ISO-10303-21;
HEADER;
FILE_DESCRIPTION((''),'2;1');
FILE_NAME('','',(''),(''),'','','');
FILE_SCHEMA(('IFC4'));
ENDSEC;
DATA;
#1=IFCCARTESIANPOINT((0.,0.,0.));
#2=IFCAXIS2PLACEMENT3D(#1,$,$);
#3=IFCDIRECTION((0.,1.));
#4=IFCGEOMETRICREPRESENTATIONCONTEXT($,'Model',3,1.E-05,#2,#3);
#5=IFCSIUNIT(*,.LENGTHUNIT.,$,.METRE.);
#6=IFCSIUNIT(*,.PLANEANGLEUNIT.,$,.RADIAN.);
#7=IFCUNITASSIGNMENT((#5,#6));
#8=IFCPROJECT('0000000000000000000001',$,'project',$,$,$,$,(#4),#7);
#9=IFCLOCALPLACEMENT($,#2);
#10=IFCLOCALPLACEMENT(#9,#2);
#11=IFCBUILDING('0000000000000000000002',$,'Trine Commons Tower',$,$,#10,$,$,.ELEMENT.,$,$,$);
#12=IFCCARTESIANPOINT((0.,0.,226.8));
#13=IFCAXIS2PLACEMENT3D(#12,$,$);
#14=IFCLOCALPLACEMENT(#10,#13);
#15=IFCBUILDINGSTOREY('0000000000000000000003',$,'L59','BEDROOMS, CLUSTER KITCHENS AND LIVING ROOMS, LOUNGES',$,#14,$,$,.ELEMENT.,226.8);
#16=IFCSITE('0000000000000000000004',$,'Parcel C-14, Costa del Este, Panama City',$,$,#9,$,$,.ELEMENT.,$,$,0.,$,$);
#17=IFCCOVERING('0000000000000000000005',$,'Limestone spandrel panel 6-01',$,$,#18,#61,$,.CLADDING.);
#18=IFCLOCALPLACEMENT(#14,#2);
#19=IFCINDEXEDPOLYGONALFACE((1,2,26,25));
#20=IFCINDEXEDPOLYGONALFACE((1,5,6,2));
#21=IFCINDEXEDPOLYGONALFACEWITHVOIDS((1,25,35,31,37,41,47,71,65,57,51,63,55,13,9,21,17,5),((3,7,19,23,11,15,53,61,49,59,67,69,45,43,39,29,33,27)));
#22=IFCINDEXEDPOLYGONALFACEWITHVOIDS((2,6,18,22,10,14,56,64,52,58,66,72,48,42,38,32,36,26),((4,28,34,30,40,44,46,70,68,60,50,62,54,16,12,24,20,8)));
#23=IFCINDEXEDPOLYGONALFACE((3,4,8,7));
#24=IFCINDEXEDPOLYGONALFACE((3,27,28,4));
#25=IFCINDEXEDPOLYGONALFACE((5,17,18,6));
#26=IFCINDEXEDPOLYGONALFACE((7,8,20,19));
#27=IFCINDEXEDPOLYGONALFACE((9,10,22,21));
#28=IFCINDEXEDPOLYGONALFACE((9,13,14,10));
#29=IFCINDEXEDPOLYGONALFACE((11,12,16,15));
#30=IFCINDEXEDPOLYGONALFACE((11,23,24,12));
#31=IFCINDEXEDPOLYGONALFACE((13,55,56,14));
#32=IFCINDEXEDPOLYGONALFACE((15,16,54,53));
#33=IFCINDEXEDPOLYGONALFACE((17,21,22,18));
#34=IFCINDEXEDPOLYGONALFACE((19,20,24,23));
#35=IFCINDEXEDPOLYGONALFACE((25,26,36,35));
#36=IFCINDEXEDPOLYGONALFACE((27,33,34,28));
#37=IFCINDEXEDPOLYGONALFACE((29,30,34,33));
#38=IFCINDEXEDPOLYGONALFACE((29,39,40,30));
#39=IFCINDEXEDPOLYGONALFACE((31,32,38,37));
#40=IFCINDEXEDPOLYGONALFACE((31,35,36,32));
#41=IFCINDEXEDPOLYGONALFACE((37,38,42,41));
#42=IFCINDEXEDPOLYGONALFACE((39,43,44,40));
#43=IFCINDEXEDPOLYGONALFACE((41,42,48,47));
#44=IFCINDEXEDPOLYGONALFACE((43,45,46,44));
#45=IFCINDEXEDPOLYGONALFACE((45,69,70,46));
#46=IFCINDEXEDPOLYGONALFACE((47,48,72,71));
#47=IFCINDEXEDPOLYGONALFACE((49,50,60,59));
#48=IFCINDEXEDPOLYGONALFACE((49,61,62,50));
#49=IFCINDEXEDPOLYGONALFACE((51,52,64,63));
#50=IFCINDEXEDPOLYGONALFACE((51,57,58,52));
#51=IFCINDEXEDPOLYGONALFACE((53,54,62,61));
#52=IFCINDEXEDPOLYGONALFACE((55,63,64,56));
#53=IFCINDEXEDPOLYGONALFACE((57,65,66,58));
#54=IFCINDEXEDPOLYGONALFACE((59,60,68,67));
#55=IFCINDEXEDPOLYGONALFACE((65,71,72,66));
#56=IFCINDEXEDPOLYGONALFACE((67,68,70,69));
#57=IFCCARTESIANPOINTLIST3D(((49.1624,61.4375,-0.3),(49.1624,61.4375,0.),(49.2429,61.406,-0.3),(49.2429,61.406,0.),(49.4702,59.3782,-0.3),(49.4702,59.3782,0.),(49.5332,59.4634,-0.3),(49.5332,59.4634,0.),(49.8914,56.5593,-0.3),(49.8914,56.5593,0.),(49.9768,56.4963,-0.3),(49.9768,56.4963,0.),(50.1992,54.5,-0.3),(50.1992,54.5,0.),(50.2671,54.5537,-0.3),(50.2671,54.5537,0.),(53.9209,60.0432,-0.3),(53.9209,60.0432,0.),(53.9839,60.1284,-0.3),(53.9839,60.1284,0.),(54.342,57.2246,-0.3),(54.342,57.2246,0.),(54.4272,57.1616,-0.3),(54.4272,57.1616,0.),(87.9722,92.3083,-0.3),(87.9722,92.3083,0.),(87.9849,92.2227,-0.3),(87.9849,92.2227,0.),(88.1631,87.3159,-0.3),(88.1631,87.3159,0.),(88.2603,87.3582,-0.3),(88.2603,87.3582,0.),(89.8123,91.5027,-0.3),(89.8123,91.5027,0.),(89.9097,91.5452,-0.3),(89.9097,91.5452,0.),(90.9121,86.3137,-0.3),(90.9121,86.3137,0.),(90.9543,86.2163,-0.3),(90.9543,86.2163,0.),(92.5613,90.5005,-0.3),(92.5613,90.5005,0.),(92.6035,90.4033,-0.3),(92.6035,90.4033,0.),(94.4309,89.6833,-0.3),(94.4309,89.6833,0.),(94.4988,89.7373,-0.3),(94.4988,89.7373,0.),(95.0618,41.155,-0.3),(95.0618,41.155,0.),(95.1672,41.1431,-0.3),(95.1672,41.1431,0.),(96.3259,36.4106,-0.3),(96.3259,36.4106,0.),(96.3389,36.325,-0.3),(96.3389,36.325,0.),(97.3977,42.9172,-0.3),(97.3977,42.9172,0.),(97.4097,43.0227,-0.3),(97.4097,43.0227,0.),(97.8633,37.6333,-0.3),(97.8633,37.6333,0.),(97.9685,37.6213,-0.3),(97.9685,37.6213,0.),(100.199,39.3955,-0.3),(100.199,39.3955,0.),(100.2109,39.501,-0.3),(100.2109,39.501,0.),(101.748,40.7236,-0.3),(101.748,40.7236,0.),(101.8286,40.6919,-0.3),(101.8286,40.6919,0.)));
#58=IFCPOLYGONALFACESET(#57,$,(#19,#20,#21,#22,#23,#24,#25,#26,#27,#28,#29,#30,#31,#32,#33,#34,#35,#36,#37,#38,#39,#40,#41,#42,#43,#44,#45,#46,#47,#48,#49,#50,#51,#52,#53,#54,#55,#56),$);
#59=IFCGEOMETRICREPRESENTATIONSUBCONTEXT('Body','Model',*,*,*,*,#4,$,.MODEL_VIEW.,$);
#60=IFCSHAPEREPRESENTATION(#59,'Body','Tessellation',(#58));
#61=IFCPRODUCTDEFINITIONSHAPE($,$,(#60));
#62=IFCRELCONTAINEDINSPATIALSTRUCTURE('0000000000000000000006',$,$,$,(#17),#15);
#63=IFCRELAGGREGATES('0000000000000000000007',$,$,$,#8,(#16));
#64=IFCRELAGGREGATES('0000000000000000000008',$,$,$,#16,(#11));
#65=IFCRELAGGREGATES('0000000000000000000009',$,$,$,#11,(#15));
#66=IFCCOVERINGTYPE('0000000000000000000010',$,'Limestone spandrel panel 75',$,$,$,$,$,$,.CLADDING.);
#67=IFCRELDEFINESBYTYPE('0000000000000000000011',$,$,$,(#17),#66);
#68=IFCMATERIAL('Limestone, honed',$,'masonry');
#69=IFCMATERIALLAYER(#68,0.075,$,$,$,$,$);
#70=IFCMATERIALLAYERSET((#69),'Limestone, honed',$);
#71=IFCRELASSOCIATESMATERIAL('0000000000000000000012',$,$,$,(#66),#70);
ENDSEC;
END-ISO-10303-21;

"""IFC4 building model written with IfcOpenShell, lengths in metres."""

from ifc_helpers import new_model, si_unit, direction, frame, origin, place, context, subcontext, project, spatial, polyline, outline, extrude, material, layer, layer_set, type_object, element, save


model = new_model("IFC4")

# Units and contexts
model_context = context("Model", 3, precision=1e-05, world=origin(), true_north=direction((0.0, 1.0)))
body_context = subcontext(model_context, "Body", "Model", "MODEL_VIEW")
ifc_project = project(units=[si_unit("LENGTHUNIT", "METRE"), si_unit("PLANEANGLEUNIT", "RADIAN")], contexts=[model_context])

# Site, building, storey
site_placement = place(None, origin())
site = spatial("IfcSite", under=ifc_project, at=site_placement, Name="Parcel C-14, Costa del Este, Panama City", CompositionType="ELEMENT", RefElevation=0.0)
building_placement = place(site_placement, origin())
building = spatial("IfcBuilding", under=site, at=building_placement, Name="Trine Commons Tower", CompositionType="ELEMENT")
storey_placement = place(building_placement, frame((0.0, 0.0, 226.8)))
storey = spatial("IfcBuildingStorey", under=building, at=storey_placement, Name="L59", Description="BEDROOMS, CLUSTER KITCHENS AND LIVING ROOMS, LOUNGES", CompositionType="ELEMENT", Elevation=226.8)

# Covering
ifc_material_1 = material(Name="Limestone, honed", Category="masonry")
ifc_layer_1 = layer(ifc_material_1, 0.075)
ifc_layer_set_1 = layer_set([ifc_layer_1], Name="Limestone, honed")
covering_type_1 = type_object("IfcCoveringType", Name="Limestone spandrel panel 75", PredefinedType="CLADDING", material=ifc_layer_set_1)
covering_1_placement = place(storey_placement, frame((0.0, 0.0, -0.3)))
element("IfcCovering", 1, at=covering_1_placement, inside=storey, type_object=covering_type_1, Name="Limestone spandrel panel 6-01", PredefinedType="CLADDING", context=body_context, shape_type="SweptSolid", body=[
    extrude(outline(polyline([(97.3977, 42.9172), (100.199, 39.3955), (101.8286, 40.6919), (94.4988, 89.7373), (92.5613, 90.5005), (90.9121, 86.3137), (88.2603, 87.3582), (89.9097, 91.5452), (87.9722, 92.3083), (49.1624, 61.4375), (49.4702, 59.3782), (53.9209, 60.0432), (54.342, 57.2246), (49.8914, 56.5593), (50.1992, 54.5), (96.3389, 36.325), (97.9685, 37.6213), (95.1672, 41.1431), (97.3977, 42.9172)]), holes=[polyline([(92.6035, 90.4033), (94.4309, 89.6833), (101.748, 40.7236), (100.2109, 39.501), (97.4097, 43.0227), (95.0618, 41.155), (97.8633, 37.6333), (96.3259, 36.4106), (50.2671, 54.5537), (49.9768, 56.4963), (54.4272, 57.1616), (53.9839, 60.1284), (49.5332, 59.4634), (49.2429, 61.406), (87.9849, 92.2227), (89.8123, 91.5027), (88.1631, 87.3159), (90.9543, 86.2163), (92.6035, 90.4033)])]), origin(), (0.0, 0.0, 1.0), 0.3),
])

save(model, "model.ifc")
